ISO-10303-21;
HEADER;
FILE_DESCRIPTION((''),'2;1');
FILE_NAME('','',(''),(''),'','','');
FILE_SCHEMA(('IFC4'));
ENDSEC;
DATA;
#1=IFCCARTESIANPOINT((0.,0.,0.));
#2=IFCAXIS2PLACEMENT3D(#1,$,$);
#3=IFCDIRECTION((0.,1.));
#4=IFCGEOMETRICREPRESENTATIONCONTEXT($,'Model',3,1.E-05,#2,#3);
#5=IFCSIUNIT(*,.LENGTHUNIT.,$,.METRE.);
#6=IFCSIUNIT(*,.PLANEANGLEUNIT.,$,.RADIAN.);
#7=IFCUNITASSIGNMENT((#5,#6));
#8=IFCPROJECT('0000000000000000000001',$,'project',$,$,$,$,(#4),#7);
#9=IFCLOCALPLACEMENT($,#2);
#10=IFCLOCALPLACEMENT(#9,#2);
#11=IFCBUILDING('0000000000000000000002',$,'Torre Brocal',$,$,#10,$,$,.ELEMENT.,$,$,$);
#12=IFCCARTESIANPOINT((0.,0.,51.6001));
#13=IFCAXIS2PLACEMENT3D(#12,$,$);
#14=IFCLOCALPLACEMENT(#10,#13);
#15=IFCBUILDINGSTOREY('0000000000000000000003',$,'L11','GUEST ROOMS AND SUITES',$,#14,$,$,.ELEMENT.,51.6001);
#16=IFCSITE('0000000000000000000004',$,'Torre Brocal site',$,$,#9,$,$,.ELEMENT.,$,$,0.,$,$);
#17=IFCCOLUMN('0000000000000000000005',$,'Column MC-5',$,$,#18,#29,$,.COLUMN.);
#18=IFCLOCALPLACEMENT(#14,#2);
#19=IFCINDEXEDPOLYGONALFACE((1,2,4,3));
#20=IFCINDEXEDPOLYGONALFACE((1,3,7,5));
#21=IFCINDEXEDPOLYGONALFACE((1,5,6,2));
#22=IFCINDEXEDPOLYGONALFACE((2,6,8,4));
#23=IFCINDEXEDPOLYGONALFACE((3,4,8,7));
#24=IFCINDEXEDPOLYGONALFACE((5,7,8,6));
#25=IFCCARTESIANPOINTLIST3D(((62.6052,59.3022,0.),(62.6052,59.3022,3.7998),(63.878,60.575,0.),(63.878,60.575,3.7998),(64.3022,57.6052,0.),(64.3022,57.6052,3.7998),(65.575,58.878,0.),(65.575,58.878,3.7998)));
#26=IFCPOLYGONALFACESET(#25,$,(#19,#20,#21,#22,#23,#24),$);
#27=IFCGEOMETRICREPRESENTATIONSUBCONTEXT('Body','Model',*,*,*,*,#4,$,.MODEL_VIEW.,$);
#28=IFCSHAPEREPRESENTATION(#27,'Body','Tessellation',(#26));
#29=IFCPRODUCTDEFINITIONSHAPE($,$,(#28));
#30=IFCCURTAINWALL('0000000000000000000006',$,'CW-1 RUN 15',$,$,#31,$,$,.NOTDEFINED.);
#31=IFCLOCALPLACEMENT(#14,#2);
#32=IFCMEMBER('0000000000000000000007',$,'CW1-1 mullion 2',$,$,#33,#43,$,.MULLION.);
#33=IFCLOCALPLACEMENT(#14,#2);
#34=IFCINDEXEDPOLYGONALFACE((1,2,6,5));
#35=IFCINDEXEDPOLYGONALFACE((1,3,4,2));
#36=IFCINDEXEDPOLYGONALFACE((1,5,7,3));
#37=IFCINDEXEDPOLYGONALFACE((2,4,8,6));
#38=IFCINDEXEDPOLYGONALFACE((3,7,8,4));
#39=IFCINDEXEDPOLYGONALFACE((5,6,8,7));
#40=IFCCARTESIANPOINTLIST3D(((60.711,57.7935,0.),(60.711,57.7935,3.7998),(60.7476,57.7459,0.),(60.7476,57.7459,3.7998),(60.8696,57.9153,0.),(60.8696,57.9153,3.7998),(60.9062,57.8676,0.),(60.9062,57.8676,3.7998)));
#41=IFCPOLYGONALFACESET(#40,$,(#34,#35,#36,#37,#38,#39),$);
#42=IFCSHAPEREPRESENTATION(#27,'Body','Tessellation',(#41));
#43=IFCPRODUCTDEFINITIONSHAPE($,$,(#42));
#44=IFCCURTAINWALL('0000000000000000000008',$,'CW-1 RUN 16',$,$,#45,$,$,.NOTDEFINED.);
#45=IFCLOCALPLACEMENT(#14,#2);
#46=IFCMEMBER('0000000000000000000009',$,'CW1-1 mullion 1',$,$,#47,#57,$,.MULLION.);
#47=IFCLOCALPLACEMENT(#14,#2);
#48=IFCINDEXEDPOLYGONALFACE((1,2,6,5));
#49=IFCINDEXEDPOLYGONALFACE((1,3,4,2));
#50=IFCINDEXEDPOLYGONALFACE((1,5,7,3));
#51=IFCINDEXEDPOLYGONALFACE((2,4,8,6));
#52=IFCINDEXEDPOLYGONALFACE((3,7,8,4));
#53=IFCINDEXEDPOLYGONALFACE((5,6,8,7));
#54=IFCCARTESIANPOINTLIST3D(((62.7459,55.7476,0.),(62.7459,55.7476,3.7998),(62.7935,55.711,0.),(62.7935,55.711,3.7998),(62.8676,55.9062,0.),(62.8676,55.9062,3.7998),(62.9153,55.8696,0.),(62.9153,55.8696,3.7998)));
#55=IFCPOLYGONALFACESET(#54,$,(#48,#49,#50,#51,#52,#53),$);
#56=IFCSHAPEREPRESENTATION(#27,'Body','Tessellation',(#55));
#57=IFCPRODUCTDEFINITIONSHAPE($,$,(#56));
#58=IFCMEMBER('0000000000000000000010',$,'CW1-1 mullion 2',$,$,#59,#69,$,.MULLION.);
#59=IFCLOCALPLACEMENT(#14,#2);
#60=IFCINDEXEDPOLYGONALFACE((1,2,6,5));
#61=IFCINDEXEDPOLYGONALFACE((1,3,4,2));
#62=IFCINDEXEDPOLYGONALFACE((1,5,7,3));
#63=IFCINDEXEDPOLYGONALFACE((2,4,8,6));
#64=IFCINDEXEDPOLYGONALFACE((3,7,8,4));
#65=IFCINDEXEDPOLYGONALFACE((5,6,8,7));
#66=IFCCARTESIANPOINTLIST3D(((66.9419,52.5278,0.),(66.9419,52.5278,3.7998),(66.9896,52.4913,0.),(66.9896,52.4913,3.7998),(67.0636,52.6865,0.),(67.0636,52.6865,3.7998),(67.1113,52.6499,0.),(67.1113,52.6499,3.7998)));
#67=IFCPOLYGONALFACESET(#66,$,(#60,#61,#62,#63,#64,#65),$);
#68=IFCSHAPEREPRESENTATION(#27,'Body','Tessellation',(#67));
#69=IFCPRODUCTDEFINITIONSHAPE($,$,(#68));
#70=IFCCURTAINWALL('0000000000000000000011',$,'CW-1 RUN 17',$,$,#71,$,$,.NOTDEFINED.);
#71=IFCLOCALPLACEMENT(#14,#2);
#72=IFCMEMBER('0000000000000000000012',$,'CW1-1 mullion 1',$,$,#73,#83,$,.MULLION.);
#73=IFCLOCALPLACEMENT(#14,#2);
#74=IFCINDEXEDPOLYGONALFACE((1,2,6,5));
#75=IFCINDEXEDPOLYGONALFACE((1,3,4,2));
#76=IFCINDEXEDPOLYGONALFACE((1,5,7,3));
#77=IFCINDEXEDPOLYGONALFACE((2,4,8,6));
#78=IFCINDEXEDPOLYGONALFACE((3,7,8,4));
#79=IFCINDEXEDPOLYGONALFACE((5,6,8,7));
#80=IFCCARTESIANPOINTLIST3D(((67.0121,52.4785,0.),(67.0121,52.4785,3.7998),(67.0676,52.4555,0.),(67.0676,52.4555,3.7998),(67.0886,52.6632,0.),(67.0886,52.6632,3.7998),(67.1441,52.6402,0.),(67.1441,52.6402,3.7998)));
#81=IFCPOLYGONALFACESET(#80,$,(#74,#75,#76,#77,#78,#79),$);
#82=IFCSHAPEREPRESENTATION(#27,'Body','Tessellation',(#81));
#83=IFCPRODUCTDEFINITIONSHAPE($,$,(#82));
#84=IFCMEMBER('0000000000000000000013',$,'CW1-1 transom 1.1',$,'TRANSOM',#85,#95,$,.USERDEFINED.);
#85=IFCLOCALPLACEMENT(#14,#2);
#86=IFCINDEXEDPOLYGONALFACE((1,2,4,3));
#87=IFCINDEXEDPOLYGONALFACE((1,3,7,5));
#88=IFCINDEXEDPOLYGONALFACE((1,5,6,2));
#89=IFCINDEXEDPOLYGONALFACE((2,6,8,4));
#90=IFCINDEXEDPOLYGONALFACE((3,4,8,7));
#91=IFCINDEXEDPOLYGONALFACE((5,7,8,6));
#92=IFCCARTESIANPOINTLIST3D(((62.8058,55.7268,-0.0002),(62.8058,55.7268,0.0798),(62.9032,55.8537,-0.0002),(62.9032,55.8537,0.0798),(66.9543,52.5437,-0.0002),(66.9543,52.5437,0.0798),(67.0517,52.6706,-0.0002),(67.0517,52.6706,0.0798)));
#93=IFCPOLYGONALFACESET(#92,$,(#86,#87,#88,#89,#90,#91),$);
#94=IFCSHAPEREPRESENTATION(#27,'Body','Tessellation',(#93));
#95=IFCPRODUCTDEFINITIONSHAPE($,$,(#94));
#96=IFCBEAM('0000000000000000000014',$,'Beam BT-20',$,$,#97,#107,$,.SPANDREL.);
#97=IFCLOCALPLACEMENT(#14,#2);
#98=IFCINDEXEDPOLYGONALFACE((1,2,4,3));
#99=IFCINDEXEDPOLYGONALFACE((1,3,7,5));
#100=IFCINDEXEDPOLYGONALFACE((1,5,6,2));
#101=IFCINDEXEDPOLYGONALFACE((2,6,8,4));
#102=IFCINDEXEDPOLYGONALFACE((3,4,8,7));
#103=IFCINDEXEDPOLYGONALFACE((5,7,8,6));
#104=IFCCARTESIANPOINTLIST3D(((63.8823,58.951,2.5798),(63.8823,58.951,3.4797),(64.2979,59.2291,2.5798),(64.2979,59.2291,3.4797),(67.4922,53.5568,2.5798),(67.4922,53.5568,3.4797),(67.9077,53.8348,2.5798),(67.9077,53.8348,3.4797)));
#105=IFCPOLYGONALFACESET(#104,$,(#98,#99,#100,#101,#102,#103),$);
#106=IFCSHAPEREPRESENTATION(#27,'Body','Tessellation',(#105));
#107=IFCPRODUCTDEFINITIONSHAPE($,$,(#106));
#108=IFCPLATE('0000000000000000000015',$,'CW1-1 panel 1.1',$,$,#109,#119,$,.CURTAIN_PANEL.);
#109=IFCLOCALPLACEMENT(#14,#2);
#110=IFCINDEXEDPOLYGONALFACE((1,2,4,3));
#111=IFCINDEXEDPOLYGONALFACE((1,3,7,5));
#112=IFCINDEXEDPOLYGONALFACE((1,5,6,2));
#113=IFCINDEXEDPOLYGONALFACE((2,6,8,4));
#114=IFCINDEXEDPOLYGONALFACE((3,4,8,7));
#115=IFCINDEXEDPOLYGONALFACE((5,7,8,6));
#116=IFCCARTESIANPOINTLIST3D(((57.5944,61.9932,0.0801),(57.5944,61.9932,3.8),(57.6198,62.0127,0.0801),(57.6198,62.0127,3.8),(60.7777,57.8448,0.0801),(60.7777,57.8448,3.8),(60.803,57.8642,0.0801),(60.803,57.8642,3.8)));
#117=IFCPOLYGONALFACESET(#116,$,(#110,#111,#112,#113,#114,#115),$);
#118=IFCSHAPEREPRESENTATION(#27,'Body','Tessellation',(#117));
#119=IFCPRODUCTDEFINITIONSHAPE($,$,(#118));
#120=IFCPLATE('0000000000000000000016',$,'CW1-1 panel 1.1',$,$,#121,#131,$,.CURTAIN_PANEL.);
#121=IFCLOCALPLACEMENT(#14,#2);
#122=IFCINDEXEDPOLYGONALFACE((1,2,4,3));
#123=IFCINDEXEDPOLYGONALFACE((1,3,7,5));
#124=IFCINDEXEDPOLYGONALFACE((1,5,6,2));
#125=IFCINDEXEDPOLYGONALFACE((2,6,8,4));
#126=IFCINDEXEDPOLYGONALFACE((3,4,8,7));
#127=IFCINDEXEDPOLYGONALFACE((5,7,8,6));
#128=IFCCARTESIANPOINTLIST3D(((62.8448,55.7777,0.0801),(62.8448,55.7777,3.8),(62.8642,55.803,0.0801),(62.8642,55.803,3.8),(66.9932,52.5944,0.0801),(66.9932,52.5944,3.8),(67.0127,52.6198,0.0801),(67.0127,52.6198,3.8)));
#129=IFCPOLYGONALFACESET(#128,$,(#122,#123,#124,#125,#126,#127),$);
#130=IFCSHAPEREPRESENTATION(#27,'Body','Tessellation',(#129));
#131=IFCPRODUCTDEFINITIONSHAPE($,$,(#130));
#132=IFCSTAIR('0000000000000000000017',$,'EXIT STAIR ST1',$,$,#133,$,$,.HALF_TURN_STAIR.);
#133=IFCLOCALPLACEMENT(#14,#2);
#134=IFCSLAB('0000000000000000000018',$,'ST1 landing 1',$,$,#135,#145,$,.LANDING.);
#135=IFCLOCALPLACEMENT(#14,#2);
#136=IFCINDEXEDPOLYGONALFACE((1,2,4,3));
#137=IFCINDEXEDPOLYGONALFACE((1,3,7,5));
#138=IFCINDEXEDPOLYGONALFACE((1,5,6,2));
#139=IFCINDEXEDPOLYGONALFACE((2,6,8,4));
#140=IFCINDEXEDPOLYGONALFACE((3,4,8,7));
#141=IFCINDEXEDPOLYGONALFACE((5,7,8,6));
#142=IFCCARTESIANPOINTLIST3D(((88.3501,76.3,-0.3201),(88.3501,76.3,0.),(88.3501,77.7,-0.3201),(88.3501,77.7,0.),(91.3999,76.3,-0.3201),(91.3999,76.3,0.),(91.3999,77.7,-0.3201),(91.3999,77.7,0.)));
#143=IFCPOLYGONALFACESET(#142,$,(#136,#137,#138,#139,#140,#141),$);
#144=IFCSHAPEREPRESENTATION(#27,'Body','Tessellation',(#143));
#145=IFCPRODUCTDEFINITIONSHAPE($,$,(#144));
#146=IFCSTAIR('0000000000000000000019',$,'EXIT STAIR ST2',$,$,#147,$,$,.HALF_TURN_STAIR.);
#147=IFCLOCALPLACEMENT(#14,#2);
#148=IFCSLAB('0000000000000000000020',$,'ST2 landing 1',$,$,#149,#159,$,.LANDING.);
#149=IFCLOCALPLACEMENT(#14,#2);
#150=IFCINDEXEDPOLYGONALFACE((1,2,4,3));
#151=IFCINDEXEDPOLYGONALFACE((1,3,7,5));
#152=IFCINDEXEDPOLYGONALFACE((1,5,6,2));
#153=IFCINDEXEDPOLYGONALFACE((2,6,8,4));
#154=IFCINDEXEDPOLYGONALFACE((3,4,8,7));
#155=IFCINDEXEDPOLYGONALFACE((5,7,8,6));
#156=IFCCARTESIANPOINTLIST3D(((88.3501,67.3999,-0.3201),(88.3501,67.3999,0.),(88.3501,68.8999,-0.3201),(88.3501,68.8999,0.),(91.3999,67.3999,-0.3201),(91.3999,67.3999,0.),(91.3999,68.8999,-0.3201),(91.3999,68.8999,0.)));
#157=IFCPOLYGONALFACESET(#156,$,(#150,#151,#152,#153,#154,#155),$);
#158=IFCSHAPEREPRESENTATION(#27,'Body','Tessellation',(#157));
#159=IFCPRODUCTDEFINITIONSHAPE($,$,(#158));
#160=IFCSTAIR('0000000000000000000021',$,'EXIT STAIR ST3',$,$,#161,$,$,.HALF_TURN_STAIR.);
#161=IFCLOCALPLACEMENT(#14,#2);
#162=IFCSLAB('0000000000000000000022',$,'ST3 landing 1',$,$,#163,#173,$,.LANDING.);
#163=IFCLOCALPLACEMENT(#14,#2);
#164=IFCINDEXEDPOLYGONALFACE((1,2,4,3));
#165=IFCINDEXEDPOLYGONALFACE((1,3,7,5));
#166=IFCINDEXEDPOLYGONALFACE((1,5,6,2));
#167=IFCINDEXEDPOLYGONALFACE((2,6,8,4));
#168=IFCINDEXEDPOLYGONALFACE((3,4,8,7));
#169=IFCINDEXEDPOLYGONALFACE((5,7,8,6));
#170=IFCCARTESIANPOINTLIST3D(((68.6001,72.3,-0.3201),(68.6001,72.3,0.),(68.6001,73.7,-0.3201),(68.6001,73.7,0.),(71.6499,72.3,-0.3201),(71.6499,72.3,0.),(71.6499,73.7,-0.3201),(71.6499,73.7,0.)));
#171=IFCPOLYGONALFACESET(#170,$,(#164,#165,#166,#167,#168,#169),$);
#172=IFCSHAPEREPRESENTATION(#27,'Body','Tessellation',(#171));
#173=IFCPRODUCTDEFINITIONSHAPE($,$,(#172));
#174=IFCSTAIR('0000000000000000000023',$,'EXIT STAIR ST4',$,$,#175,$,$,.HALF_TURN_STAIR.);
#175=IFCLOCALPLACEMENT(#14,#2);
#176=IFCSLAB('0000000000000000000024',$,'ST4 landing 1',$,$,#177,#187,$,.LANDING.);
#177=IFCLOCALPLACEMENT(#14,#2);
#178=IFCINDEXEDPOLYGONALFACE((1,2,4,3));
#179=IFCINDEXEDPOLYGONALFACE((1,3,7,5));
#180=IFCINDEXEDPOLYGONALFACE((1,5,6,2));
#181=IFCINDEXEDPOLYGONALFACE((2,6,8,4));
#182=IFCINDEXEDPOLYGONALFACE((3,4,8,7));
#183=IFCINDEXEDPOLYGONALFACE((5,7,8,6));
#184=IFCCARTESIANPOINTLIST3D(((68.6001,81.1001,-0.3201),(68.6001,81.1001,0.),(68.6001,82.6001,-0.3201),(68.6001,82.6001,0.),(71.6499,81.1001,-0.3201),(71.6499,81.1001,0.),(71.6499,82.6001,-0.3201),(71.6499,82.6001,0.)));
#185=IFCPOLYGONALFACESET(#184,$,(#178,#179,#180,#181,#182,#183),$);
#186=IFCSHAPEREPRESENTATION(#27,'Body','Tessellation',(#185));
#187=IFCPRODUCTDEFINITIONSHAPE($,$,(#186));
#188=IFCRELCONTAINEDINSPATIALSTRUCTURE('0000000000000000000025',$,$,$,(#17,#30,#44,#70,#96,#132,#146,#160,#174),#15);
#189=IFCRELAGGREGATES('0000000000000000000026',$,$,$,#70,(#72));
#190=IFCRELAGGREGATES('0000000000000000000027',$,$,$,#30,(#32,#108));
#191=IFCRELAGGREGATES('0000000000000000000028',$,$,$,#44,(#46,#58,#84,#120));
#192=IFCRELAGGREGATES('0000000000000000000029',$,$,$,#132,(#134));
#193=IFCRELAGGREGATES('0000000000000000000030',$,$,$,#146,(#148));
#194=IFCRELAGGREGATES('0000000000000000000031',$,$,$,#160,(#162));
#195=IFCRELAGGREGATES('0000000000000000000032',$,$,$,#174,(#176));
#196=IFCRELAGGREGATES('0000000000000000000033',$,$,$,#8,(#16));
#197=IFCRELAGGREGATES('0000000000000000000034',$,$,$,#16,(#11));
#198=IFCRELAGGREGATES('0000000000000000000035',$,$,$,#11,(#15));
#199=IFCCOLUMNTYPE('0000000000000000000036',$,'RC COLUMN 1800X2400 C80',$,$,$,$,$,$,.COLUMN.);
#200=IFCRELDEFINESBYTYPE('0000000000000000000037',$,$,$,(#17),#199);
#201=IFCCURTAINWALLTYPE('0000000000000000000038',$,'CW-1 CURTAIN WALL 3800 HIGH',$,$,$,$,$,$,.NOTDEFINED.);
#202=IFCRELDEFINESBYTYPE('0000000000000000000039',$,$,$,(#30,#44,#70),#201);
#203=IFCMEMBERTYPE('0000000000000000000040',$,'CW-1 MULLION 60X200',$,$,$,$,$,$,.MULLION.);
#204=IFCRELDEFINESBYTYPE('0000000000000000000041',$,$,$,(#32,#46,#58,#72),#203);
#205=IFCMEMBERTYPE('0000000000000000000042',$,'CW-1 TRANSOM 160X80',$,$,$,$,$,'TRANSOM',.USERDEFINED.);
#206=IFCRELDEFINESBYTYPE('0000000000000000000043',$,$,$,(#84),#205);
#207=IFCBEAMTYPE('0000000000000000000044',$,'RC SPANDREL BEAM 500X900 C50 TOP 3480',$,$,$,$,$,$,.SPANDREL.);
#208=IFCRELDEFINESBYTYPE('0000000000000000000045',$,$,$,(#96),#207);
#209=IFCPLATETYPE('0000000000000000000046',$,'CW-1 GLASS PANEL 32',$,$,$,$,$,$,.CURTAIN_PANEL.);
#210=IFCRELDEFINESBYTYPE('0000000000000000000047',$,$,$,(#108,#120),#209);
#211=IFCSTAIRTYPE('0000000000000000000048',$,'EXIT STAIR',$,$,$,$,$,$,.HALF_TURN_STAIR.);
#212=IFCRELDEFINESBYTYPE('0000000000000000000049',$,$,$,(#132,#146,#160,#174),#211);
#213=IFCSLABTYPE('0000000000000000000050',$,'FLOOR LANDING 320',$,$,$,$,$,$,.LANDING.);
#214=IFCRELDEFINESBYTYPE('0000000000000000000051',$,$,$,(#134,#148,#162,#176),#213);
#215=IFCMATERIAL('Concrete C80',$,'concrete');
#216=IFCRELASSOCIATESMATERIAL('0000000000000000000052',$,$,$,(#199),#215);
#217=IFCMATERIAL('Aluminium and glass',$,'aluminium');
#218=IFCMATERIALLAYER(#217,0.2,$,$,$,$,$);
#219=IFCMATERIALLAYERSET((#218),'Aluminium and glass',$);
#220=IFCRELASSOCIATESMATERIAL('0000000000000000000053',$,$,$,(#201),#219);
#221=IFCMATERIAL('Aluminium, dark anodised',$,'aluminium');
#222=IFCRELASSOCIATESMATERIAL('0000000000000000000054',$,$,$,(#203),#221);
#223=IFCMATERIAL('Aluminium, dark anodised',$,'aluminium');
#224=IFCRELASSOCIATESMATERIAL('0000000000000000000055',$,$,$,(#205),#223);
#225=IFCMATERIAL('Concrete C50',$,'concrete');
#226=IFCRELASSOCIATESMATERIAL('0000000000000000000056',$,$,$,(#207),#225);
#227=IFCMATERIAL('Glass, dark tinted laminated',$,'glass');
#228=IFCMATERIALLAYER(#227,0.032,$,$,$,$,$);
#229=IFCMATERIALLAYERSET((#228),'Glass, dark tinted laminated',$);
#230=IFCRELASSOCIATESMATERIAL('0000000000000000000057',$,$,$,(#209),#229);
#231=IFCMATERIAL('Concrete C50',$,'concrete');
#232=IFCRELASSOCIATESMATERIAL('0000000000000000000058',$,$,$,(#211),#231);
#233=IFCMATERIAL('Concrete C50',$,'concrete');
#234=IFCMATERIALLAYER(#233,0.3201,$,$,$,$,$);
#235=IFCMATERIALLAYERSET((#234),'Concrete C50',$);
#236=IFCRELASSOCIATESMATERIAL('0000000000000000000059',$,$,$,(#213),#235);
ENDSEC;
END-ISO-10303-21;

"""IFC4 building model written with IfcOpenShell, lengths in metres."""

from ifc_helpers import new_model, si_unit, direction, frame, origin, origin_2d, place, context, subcontext, project, spatial, polyline, rectangle, outline, extrude, material, layer, layer_set, material_profile, profile_set, type_object, element, aggregate, save


model = new_model("IFC4")

# Units and contexts
model_context = context("Model", 3, precision=1e-05, world=origin(), true_north=direction((0.0, 1.0)))
body_context = subcontext(model_context, "Body", "Model", "MODEL_VIEW")
ifc_project = project(units=[si_unit("LENGTHUNIT", "METRE"), si_unit("PLANEANGLEUNIT", "RADIAN")], contexts=[model_context])

# Site, building, storey
site_placement = place(None, origin())
site = spatial("IfcSite", under=ifc_project, at=site_placement, Name="Torre Brocal site", CompositionType="ELEMENT", RefElevation=0.0)
building_placement = place(site_placement, origin())
building = spatial("IfcBuilding", under=site, at=building_placement, Name="Torre Brocal", CompositionType="ELEMENT")
storey_placement = place(building_placement, frame((0.0, 0.0, 51.6001)))
storey = spatial("IfcBuildingStorey", under=building, at=storey_placement, Name="L11", Description="GUEST ROOMS AND SUITES", CompositionType="ELEMENT", Elevation=51.6001)

# Column
ifc_material_1 = material(Name="Concrete C80", Category="concrete")
ifc_material_profile_1 = material_profile(ifc_material_1, rectangle(XDim=1.8, YDim=2.3999, at=origin_2d()), Name="RC 1800X2400")
ifc_profile_set_1 = profile_set([ifc_material_profile_1], Name="Concrete C80")
column_type = type_object("IfcColumnType", Name="RC COLUMN 1800X2400 C80", PredefinedType="COLUMN", material=ifc_profile_set_1)
column_placement = place(storey_placement, frame((64.0901, 59.0901, 0.0), z_axis=(0.0, 0.0, 1.0), x_axis=(-0.707107, -0.707107, 0.0)))
element("IfcColumn", 1, at=column_placement, inside=storey, type_object=column_type, Name="Column MC-5", PredefinedType="COLUMN", context=body_context, shape_type="SweptSolid", body=[
    extrude(rectangle(XDim=1.8, YDim=2.3999, at=origin_2d()), origin(), (0.0, 0.0, 1.0), 3.7998),
])

# Curtain wall, member
ifc_material_2 = material(Name="Aluminium and glass", Category="aluminium")
ifc_layer_1 = layer(ifc_material_2, 0.2)
ifc_layer_set_1 = layer_set([ifc_layer_1], Name="Aluminium and glass")
curtain_wall_type = type_object("IfcCurtainWallType", Name="CW-1 CURTAIN WALL 3800 HIGH", PredefinedType="NOTDEFINED", material=ifc_layer_set_1)
curtain_wall_1_placement = place(storey_placement, origin())
curtain_wall_1 = element("IfcCurtainWall", 2, at=curtain_wall_1_placement, inside=storey, type_object=curtain_wall_type, Name="CW-1 RUN 15", PredefinedType="NOTDEFINED")
ifc_material_3 = material(Name="Aluminium, dark anodised", Category="aluminium")
ifc_material_profile_2 = material_profile(ifc_material_3, rectangle(XDim=0.2, YDim=0.0601, at=origin_2d()), Name="CW-1 MULLION 60X200")
ifc_profile_set_2 = profile_set([ifc_material_profile_2], Name="Aluminium, dark anodised")
member_type_1 = type_object("IfcMemberType", Name="CW-1 MULLION 60X200", PredefinedType="MULLION", material=ifc_profile_set_2)
member_1_placement = place(storey_placement, frame((60.8086, 57.8306, 0.0), z_axis=(0.0, 0.0, 1.0), x_axis=(0.793353, 0.608761, 0.0)))
member_1 = element("IfcMember", 3, at=member_1_placement, type_object=member_type_1, Name="CW1-1 mullion 2", PredefinedType="MULLION", context=body_context, shape_type="SweptSolid", body=[
    extrude(rectangle(XDim=0.2, YDim=0.0601, at=origin_2d()), origin(), (0.0, 0.0, 1.0), 3.7998),
])

# Curtain wall, members
curtain_wall_2_placement = place(storey_placement, origin())
curtain_wall_2 = element("IfcCurtainWall", 4, at=curtain_wall_2_placement, inside=storey, type_object=curtain_wall_type, Name="CW-1 RUN 16", PredefinedType="NOTDEFINED")
member_2_placement = place(storey_placement, frame((62.8306, 55.8086, 0.0), z_axis=(0.0, 0.0, 1.0), x_axis=(0.608761, 0.793353, 0.0)))
member_2 = element("IfcMember", 5, at=member_2_placement, type_object=member_type_1, Name="CW1-1 mullion 1", PredefinedType="MULLION", context=body_context, shape_type="SweptSolid", body=[
    extrude(rectangle(XDim=0.2, YDim=0.0601, at=origin_2d()), origin(), (0.0, 0.0, 1.0), 3.7998),
])
member_3_placement = place(storey_placement, frame((67.0266, 52.5889, 0.0), z_axis=(0.0, 0.0, 1.0), x_axis=(0.608761, 0.793353, 0.0)))
member_3 = element("IfcMember", 6, at=member_3_placement, type_object=member_type_1, Name="CW1-1 mullion 2", PredefinedType="MULLION", context=body_context, shape_type="SweptSolid", body=[
    extrude(rectangle(XDim=0.2, YDim=0.0601, at=origin_2d()), origin(), (0.0, 0.0, 1.0), 3.7998),
])

# Curtain wall, member
curtain_wall_3_placement = place(storey_placement, origin())
curtain_wall_3 = element("IfcCurtainWall", 7, at=curtain_wall_3_placement, inside=storey, type_object=curtain_wall_type, Name="CW-1 RUN 17", PredefinedType="NOTDEFINED")
member_4_placement = place(storey_placement, frame((67.0781, 52.5593, 0.0), z_axis=(0.0, 0.0, 1.0), x_axis=(0.382683, 0.92388, 0.0)))
member_4 = element("IfcMember", 8, at=member_4_placement, type_object=member_type_1, Name="CW1-1 mullion 1", PredefinedType="MULLION", context=body_context, shape_type="SweptSolid", body=[
    extrude(rectangle(XDim=0.2, YDim=0.0601, at=origin_2d()), origin(), (0.0, 0.0, 1.0), 3.7998),
])
aggregate(curtain_wall_3, [member_4])

# Member
ifc_material_4 = material(Name="Aluminium, dark anodised", Category="aluminium")
ifc_material_profile_3 = material_profile(ifc_material_4, rectangle(XDim=0.1599, YDim=0.0801, at=origin_2d()), Name="CW-1 TRANSOM 160X80")
ifc_profile_set_3 = profile_set([ifc_material_profile_3], Name="Aluminium, dark anodised")
member_type_2 = type_object("IfcMemberType", Name="CW-1 TRANSOM 160X80", ElementType="TRANSOM", PredefinedType="USERDEFINED", material=ifc_profile_set_3)
member_5_placement = place(storey_placement, frame((62.8545, 55.7903, 0.0398), z_axis=(0.793363, -0.608749, 0.0), x_axis=(0.608749, 0.793363, 0.0)))
member_5 = element("IfcMember", 9, at=member_5_placement, type_object=member_type_2, Name="CW1-1 transom 1.1", ObjectType="TRANSOM", PredefinedType="USERDEFINED", context=body_context, shape_type="SweptSolid", body=[
    extrude(rectangle(XDim=0.1599, YDim=0.0801, at=origin_2d()), origin(), (0.0, 0.0, 1.0), 5.229),
])

# Beam
ifc_material_5 = material(Name="Concrete C50", Category="concrete")
ifc_material_profile_4 = material_profile(ifc_material_5, rectangle(XDim=0.5, YDim=0.8999, at=origin_2d()), Name="RC 500X900")
ifc_profile_set_4 = profile_set([ifc_material_profile_4], Name="Concrete C50")
beam_type = type_object("IfcBeamType", Name="RC SPANDREL BEAM 500X900 C50 TOP 3480", PredefinedType="SPANDREL", material=ifc_profile_set_4)
beam_placement = place(storey_placement, frame((64.0901, 59.0901, 3.0298), z_axis=(0.556158, -0.831077, 0.0), x_axis=(0.831077, 0.556158, 0.0)))
element("IfcBeam", 10, at=beam_placement, inside=storey, type_object=beam_type, Name="Beam BT-20", PredefinedType="SPANDREL", context=body_context, shape_type="SweptSolid", body=[
    extrude(rectangle(XDim=0.5, YDim=0.8999, at=origin_2d()), origin(), (0.0, 0.0, 1.0), 6.4907),
])

# Plates
ifc_material_6 = material(Name="Glass, dark tinted laminated", Category="glass")
ifc_layer_2 = layer(ifc_material_6, 0.032)
ifc_layer_set_2 = layer_set([ifc_layer_2], Name="Glass, dark tinted laminated")
plate_type = type_object("IfcPlateType", Name="CW-1 GLASS PANEL 32", PredefinedType="CURTAIN_PANEL", material=ifc_layer_set_2)
plate_1_placement = place(storey_placement, frame((59.1987, 59.9287, 0.0801), z_axis=(0.0, 0.0, 1.0), x_axis=(0.608761, -0.793353, 0.0)))
plate_1 = element("IfcPlate", 11, at=plate_1_placement, type_object=plate_type, Name="CW1-1 panel 1.1", PredefinedType="CURTAIN_PANEL", context=body_context, shape_type="SweptSolid", body=[
    extrude(rectangle(XDim=5.229, YDim=0.032, at=origin_2d()), origin(), (0.0, 0.0, 1.0), 3.72),
])
aggregate(curtain_wall_1, [member_1, plate_1])
plate_2_placement = place(storey_placement, frame((64.9287, 54.1987, 0.0801), z_axis=(0.0, 0.0, 1.0), x_axis=(0.793353, -0.608761, 0.0)))
plate_2 = element("IfcPlate", 12, at=plate_2_placement, type_object=plate_type, Name="CW1-1 panel 1.1", PredefinedType="CURTAIN_PANEL", context=body_context, shape_type="SweptSolid", body=[
    extrude(rectangle(XDim=5.229, YDim=0.032, at=origin_2d()), origin(), (0.0, 0.0, 1.0), 3.72),
])
aggregate(curtain_wall_2, [member_2, member_3, member_5, plate_2])

# Stairs, slabs
ifc_material_7 = material(Name="Concrete C50", Category="concrete")
stair_type = type_object("IfcStairType", Name="EXIT STAIR", PredefinedType="HALF_TURN_STAIR", material=ifc_material_7)
stair_1_placement = place(storey_placement, origin())
stair_1 = element("IfcStair", 13, at=stair_1_placement, inside=storey, type_object=stair_type, Name="EXIT STAIR ST1", PredefinedType="HALF_TURN_STAIR")
ifc_material_8 = material(Name="Concrete C50", Category="concrete")
ifc_layer_3 = layer(ifc_material_8, 0.3201)
ifc_layer_set_3 = layer_set([ifc_layer_3], Name="Concrete C50")
slab_type_1 = type_object("IfcSlabType", Name="FLOOR LANDING 320", PredefinedType="LANDING", material=ifc_layer_set_3)
slab_1_placement = place(storey_placement, frame((0.0, 0.0, -0.3201)))
slab_1 = element("IfcSlab", 14, at=slab_1_placement, type_object=slab_type_1, Name="ST1 landing 1", PredefinedType="LANDING", context=body_context, shape_type="SweptSolid", body=[
    extrude(outline(polyline([(88.3501, 76.3), (91.3999, 76.3), (91.3999, 77.7), (88.3501, 77.7), (88.3501, 76.3)])), origin(), (0.0, 0.0, 1.0), 0.3201),
])
stair_2_placement = place(storey_placement, origin())
stair_2 = element("IfcStair", 15, at=stair_2_placement, inside=storey, type_object=stair_type, Name="EXIT STAIR ST2", PredefinedType="HALF_TURN_STAIR")
slab_2_placement = place(storey_placement, frame((0.0, 0.0, -0.3201)))
slab_2 = element("IfcSlab", 16, at=slab_2_placement, type_object=slab_type_1, Name="ST2 landing 1", PredefinedType="LANDING", context=body_context, shape_type="SweptSolid", body=[
    extrude(outline(polyline([(88.3501, 67.3999), (91.3999, 67.3999), (91.3999, 68.8999), (88.3501, 68.8999), (88.3501, 67.3999)])), origin(), (0.0, 0.0, 1.0), 0.3201),
])
stair_3_placement = place(storey_placement, origin())
stair_3 = element("IfcStair", 17, at=stair_3_placement, inside=storey, type_object=stair_type, Name="EXIT STAIR ST3", PredefinedType="HALF_TURN_STAIR")
slab_3_placement = place(storey_placement, frame((0.0, 0.0, -0.3201)))
slab_3 = element("IfcSlab", 18, at=slab_3_placement, type_object=slab_type_1, Name="ST3 landing 1", PredefinedType="LANDING", context=body_context, shape_type="SweptSolid", body=[
    extrude(outline(polyline([(71.6499, 73.7), (68.6001, 73.7), (68.6001, 72.3), (71.6499, 72.3), (71.6499, 73.7)])), origin(), (0.0, 0.0, 1.0), 0.3201),
])
stair_4_placement = place(storey_placement, origin())
stair_4 = element("IfcStair", 19, at=stair_4_placement, inside=storey, type_object=stair_type, Name="EXIT STAIR ST4", PredefinedType="HALF_TURN_STAIR")
slab_4_placement = place(storey_placement, frame((0.0, 0.0, -0.3201)))
slab_4 = element("IfcSlab", 20, at=slab_4_placement, type_object=slab_type_1, Name="ST4 landing 1", PredefinedType="LANDING", context=body_context, shape_type="SweptSolid", body=[
    extrude(outline(polyline([(71.6499, 82.6001), (68.6001, 82.6001), (68.6001, 81.1001), (71.6499, 81.1001), (71.6499, 82.6001)])), origin(), (0.0, 0.0, 1.0), 0.3201),
])

aggregate(stair_1, [slab_1])
aggregate(stair_2, [slab_2])
aggregate(stair_3, [slab_3])
aggregate(stair_4, [slab_4])

save(model, "model.ifc")
